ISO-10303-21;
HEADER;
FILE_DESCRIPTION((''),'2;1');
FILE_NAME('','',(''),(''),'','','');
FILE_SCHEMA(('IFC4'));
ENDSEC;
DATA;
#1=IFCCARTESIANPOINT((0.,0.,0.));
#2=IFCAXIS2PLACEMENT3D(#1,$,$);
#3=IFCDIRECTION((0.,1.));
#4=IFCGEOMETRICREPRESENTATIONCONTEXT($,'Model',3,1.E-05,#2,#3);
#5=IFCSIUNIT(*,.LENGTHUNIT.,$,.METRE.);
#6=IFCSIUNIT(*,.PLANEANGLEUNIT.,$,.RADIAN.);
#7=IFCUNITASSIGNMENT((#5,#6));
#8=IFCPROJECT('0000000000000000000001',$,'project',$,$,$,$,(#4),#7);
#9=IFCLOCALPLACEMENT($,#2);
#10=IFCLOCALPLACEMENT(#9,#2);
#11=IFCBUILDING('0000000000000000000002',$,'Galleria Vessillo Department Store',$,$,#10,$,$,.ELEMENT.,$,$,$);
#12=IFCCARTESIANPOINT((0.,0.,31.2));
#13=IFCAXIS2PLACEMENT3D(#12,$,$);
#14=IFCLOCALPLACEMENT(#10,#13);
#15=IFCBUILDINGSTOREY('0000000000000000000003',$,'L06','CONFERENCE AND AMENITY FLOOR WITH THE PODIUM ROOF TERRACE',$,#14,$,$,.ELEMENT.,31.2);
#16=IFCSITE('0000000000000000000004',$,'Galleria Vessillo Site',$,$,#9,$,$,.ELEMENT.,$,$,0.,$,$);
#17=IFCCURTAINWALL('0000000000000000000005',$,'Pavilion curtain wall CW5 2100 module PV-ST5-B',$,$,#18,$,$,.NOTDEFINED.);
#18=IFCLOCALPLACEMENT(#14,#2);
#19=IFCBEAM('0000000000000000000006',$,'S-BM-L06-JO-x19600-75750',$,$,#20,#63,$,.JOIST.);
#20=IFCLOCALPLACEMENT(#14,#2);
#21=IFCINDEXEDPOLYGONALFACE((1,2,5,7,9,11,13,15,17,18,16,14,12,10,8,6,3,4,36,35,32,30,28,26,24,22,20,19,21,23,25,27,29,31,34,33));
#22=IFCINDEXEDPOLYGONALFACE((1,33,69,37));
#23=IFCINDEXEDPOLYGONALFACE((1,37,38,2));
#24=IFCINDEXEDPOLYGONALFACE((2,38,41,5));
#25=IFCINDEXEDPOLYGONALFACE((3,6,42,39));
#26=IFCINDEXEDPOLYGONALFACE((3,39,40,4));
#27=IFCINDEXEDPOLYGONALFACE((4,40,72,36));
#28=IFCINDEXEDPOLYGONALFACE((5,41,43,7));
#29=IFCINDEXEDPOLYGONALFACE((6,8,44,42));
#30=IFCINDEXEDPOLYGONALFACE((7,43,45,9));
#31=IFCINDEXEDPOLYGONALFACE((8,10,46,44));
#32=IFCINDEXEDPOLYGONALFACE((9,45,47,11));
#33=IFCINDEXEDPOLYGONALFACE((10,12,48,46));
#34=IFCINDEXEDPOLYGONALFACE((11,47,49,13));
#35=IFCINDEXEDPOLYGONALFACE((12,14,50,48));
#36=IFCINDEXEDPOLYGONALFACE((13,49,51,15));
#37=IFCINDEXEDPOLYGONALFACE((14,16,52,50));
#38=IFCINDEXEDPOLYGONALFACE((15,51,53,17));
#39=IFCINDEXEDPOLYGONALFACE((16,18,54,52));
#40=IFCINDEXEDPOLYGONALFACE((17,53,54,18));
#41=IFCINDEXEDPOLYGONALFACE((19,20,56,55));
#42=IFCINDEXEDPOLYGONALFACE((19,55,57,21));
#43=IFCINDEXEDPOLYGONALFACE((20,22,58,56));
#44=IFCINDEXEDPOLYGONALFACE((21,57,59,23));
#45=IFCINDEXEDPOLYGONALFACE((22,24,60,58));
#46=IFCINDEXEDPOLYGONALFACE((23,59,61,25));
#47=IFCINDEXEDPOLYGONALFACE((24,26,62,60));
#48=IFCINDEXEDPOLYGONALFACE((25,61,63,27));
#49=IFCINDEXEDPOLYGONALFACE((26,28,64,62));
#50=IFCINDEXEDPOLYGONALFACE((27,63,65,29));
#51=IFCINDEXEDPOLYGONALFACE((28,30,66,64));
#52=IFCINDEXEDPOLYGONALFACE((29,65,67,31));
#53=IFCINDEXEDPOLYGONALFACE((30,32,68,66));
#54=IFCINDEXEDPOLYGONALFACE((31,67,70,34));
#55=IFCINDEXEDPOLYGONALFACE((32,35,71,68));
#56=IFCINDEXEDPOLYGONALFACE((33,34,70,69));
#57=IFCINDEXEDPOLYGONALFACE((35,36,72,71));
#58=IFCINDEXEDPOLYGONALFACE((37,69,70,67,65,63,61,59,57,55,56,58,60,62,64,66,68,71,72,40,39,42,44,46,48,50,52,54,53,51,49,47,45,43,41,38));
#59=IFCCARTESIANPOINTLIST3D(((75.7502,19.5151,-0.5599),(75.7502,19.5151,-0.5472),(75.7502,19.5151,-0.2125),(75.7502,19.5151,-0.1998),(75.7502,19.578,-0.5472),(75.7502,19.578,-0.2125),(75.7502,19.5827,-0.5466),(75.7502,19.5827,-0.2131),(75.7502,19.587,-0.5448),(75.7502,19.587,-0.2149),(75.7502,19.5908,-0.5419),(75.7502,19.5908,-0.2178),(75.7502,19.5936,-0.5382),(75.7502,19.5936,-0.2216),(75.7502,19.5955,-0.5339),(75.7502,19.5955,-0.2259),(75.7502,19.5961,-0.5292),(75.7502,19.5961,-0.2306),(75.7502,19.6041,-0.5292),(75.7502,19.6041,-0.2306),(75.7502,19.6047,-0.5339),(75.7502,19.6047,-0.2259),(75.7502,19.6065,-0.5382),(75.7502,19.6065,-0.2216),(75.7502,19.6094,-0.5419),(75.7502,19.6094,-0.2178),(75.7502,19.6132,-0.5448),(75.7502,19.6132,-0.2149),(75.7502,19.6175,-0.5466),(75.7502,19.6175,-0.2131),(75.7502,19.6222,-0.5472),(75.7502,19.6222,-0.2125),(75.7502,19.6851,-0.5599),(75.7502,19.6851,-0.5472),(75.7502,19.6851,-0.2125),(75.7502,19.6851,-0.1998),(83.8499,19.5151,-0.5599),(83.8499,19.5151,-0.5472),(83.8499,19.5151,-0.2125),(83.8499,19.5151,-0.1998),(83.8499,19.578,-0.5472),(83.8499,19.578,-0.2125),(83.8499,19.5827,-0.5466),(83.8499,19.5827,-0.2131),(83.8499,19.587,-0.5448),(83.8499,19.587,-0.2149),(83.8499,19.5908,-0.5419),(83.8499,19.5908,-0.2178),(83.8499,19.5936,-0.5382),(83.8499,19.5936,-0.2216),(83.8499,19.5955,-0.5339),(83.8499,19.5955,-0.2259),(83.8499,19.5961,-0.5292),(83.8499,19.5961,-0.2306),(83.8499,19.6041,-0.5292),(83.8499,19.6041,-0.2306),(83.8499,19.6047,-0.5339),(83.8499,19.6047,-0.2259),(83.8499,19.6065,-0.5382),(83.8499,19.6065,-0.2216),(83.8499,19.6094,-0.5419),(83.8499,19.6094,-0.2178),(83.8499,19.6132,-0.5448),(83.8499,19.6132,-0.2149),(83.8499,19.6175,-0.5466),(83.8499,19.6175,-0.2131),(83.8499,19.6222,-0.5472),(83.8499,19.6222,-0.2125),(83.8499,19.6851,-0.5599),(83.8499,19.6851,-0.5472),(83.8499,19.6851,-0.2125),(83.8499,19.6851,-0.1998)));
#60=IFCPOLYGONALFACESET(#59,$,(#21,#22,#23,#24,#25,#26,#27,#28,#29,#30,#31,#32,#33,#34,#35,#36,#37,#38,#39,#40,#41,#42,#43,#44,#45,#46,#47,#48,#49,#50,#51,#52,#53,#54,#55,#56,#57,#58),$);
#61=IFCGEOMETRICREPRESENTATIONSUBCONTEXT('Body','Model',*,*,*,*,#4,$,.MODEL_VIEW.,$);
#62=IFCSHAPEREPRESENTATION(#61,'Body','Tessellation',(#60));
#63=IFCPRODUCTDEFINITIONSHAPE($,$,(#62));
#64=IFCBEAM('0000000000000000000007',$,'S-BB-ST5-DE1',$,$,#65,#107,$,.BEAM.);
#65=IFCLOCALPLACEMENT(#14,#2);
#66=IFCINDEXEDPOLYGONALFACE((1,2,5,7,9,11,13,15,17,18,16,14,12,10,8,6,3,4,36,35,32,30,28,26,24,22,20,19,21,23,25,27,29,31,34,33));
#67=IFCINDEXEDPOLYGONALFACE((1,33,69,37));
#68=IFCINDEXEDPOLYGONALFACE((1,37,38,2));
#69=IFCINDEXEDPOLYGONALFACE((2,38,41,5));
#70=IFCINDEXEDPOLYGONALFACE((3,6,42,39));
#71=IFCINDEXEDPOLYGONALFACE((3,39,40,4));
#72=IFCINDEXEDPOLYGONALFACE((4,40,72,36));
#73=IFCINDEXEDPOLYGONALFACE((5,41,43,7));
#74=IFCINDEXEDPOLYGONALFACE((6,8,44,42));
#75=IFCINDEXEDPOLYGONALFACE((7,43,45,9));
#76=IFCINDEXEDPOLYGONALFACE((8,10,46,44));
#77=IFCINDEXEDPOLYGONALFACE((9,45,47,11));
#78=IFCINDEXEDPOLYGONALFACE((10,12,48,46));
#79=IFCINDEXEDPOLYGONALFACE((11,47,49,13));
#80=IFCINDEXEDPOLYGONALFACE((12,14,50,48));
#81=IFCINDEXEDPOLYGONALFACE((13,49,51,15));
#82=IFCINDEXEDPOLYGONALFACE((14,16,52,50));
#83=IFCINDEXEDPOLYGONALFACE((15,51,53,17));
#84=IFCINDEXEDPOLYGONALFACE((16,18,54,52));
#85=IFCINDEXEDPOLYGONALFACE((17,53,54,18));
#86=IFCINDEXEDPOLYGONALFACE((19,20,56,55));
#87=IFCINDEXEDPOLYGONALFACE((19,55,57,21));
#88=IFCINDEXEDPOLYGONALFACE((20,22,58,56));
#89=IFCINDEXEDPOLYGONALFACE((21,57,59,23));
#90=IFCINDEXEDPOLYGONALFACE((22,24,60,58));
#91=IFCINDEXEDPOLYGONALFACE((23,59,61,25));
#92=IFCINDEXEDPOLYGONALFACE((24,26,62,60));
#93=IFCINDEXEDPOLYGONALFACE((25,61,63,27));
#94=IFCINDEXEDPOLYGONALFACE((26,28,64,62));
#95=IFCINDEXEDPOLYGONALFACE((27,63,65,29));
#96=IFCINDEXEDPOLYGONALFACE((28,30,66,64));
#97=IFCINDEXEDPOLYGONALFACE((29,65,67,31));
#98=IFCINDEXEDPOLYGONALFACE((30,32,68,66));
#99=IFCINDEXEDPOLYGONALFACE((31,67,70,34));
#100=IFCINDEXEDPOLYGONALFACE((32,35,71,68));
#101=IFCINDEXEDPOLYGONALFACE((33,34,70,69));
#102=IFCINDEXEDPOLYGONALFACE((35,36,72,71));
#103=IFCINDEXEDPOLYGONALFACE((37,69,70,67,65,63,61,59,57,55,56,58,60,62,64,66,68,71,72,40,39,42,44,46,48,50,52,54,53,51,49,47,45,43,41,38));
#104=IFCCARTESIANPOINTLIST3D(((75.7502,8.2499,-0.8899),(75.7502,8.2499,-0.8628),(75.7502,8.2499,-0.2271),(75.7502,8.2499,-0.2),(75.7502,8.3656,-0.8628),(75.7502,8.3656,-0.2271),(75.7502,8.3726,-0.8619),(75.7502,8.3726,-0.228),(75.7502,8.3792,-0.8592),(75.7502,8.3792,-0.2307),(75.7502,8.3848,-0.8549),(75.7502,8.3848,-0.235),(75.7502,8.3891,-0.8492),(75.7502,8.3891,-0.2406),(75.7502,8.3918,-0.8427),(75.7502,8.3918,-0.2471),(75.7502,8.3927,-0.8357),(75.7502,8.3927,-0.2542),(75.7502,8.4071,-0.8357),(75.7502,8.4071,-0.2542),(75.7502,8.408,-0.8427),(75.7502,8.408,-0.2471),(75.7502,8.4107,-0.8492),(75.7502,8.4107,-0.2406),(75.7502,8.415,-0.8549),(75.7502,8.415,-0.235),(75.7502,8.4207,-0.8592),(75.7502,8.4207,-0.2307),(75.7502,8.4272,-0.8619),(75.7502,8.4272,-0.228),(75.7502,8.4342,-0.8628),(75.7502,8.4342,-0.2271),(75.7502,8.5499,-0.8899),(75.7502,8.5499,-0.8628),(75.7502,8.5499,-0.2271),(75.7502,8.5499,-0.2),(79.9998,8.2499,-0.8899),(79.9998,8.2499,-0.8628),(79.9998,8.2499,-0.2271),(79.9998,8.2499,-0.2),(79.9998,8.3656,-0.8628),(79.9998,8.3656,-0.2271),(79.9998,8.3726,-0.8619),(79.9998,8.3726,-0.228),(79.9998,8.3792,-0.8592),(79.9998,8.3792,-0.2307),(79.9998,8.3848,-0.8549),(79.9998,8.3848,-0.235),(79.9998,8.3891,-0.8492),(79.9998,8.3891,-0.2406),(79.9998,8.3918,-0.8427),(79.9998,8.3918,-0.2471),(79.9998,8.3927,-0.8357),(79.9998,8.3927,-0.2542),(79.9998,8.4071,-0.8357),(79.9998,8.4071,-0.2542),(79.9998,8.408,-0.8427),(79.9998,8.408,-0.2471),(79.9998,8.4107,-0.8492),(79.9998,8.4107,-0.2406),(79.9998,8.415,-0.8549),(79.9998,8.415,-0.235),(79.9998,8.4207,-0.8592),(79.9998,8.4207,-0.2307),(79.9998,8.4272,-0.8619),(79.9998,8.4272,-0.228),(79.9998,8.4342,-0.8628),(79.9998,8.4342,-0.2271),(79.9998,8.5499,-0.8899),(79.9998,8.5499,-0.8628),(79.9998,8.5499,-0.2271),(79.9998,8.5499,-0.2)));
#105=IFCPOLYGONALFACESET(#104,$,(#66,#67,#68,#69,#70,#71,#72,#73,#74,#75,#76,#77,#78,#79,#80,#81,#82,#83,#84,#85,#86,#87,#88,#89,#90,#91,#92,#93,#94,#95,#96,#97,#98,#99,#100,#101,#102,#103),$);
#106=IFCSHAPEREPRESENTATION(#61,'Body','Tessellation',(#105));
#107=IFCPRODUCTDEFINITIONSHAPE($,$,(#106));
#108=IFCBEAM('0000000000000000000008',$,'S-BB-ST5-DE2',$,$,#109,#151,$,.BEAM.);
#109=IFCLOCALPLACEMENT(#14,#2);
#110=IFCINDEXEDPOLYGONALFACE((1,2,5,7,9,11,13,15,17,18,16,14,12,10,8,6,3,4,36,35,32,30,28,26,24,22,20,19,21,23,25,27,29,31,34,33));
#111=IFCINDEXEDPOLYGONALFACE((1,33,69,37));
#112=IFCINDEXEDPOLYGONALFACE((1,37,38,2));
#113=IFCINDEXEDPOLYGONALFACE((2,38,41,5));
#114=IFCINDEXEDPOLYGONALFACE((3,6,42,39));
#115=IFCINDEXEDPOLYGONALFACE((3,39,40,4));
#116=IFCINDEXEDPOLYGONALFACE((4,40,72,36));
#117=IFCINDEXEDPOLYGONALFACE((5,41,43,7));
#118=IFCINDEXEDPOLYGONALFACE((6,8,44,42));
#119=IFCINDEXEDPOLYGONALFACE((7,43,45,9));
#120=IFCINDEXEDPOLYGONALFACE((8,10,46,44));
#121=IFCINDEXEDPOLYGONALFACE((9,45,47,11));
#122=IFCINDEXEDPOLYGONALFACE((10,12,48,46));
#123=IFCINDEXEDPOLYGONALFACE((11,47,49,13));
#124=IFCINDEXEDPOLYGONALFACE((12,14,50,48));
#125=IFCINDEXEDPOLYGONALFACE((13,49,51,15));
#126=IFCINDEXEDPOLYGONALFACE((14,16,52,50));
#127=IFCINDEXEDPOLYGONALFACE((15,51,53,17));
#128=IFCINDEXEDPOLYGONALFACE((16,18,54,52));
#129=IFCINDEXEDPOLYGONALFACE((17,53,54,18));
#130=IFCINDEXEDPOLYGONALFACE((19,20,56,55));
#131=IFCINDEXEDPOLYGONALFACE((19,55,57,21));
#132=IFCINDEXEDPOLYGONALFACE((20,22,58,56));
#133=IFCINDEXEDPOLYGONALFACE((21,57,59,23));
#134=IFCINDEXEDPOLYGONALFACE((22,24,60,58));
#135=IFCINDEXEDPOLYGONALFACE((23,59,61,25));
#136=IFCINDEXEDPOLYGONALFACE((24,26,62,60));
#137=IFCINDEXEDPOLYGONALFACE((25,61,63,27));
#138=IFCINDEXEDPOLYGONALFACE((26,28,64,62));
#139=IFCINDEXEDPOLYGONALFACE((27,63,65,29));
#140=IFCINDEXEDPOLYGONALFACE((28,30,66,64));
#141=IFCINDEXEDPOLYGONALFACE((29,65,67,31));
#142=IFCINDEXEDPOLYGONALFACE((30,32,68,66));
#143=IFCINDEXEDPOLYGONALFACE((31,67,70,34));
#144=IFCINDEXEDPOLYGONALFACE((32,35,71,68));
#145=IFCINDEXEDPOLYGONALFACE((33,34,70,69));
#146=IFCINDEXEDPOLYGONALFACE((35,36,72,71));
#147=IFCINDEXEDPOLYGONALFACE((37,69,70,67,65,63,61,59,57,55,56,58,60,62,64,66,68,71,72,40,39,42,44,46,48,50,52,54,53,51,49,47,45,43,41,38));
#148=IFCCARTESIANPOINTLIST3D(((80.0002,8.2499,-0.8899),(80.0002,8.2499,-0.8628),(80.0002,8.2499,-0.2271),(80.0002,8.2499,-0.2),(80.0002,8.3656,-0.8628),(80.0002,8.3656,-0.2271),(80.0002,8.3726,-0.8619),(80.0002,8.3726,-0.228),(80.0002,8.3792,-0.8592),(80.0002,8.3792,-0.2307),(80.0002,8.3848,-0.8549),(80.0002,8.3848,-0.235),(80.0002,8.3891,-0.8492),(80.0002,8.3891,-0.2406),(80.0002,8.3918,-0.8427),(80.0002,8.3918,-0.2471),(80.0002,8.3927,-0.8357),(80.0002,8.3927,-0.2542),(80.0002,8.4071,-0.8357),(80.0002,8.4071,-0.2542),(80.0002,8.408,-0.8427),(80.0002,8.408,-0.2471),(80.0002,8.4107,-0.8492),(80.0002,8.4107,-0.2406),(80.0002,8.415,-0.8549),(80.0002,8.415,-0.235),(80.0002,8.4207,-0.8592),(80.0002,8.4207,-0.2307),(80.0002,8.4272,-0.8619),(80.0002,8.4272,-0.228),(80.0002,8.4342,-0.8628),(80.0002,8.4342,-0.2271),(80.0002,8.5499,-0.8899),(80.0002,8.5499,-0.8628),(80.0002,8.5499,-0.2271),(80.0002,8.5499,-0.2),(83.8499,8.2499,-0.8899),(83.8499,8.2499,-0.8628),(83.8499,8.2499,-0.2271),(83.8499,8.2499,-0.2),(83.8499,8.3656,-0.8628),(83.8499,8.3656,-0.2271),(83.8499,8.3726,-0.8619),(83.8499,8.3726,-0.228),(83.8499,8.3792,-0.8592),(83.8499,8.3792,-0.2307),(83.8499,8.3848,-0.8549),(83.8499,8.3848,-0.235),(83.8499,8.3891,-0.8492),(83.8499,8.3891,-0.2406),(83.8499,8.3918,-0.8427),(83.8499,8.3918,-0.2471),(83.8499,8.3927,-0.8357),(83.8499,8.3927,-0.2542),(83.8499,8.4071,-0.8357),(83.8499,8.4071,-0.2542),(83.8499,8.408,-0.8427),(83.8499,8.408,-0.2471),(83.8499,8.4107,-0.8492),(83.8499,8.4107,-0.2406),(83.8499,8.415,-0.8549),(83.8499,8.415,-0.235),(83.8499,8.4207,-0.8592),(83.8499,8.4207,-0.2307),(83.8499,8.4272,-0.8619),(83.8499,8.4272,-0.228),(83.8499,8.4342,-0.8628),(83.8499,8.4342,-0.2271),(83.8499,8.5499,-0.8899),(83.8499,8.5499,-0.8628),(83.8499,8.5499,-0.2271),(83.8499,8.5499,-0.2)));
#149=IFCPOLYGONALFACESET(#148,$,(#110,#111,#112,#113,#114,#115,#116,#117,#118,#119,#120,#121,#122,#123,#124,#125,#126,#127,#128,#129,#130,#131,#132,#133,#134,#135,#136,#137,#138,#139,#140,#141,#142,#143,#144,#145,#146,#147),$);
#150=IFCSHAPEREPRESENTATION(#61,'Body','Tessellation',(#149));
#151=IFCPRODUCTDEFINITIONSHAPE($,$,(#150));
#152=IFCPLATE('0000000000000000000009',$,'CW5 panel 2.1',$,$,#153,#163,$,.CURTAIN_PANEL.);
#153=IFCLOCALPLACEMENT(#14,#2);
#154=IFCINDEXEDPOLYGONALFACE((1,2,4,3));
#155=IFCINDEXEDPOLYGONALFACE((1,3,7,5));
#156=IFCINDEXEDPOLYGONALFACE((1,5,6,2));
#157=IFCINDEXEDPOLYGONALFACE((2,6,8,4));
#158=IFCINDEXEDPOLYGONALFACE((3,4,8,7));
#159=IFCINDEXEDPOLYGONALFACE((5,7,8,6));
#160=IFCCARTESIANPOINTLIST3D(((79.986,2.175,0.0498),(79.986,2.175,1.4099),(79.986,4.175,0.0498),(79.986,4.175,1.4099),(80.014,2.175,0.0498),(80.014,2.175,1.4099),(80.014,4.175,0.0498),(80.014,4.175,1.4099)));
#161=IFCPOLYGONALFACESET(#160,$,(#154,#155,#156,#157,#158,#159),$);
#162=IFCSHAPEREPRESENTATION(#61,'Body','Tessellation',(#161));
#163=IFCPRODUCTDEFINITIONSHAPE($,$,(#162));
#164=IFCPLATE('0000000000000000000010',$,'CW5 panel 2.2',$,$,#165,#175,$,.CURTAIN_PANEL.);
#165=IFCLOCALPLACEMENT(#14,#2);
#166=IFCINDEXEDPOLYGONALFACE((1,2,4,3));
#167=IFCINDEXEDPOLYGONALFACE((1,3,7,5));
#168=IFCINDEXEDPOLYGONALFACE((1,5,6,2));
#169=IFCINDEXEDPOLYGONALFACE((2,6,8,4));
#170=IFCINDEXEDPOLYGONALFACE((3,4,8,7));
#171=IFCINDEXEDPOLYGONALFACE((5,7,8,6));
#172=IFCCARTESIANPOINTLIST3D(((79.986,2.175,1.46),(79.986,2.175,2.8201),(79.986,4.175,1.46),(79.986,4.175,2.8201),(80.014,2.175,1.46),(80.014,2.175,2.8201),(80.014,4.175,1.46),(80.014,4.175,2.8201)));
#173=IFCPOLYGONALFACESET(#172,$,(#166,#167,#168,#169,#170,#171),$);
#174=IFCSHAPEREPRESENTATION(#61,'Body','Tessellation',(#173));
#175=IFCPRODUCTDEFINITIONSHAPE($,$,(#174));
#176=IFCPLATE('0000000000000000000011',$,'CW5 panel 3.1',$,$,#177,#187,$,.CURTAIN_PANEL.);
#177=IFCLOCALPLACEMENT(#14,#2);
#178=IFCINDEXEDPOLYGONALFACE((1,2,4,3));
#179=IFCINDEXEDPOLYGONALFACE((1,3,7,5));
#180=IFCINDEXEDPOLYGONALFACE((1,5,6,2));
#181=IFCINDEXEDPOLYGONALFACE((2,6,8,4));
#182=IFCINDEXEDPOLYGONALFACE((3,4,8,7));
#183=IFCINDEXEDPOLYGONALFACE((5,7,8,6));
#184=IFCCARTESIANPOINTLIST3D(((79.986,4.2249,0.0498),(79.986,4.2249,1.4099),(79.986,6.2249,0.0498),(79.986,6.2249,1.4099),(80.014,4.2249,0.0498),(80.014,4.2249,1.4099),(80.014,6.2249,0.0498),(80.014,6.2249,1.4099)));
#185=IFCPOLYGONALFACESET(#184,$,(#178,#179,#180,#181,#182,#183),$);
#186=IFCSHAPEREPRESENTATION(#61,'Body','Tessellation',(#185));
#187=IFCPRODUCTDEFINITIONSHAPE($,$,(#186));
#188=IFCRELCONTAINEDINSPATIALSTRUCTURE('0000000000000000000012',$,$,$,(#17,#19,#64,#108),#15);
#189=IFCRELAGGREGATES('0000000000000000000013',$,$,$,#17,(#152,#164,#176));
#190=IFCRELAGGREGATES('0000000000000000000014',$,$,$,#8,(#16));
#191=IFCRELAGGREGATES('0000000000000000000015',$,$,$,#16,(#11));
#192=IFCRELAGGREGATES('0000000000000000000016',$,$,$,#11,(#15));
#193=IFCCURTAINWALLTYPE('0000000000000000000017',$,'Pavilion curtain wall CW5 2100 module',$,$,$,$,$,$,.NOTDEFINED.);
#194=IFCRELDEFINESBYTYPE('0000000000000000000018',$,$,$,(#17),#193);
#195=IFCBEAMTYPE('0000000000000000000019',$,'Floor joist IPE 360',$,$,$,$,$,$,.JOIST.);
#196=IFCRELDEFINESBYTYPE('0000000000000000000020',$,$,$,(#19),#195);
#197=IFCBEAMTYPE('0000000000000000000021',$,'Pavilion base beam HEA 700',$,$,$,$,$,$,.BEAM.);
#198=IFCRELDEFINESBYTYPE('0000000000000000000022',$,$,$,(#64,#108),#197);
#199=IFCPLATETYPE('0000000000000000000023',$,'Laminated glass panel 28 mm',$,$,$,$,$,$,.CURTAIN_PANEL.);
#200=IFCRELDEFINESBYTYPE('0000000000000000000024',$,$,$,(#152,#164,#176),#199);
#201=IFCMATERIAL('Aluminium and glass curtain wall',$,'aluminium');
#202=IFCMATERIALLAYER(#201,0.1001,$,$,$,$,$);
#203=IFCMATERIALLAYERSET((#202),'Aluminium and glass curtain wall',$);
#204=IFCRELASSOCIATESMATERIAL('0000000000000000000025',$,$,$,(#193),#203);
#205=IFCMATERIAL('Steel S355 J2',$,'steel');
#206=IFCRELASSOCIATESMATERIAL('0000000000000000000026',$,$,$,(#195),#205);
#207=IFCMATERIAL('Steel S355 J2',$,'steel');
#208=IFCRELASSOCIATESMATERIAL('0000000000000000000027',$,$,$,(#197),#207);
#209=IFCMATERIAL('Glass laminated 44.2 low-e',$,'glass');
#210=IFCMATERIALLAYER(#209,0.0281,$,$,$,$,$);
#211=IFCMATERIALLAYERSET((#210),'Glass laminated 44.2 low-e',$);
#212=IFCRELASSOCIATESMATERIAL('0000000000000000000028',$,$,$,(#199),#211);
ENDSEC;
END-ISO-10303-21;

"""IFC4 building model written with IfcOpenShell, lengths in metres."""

from ifc_helpers import new_model, si_unit, direction, frame, origin, origin_2d, place, context, subcontext, project, spatial, rectangle, i_section, extrude, material, layer, layer_set, material_profile, profile_set, type_object, element, aggregate, save


model = new_model("IFC4")

# Units and contexts
model_context = context("Model", 3, precision=1e-05, world=origin(), true_north=direction((0.0, 1.0)))
body_context = subcontext(model_context, "Body", "Model", "MODEL_VIEW")
ifc_project = project(units=[si_unit("LENGTHUNIT", "METRE"), si_unit("PLANEANGLEUNIT", "RADIAN")], contexts=[model_context])

# Site, building, storey
site_placement = place(None, origin())
site = spatial("IfcSite", under=ifc_project, at=site_placement, Name="Galleria Vessillo Site", CompositionType="ELEMENT", RefElevation=0.0)
building_placement = place(site_placement, origin())
building = spatial("IfcBuilding", under=site, at=building_placement, Name="Galleria Vessillo Department Store", CompositionType="ELEMENT")
storey_placement = place(building_placement, frame((0.0, 0.0, 31.2)))
storey = spatial("IfcBuildingStorey", under=building, at=storey_placement, Name="L06", Description="CONFERENCE AND AMENITY FLOOR WITH THE PODIUM ROOF TERRACE", CompositionType="ELEMENT", Elevation=31.2)

# Curtain wall
ifc_material_1 = material(Name="Aluminium and glass curtain wall", Category="aluminium")
ifc_layer_1 = layer(ifc_material_1, 0.1001)
ifc_layer_set_1 = layer_set([ifc_layer_1], Name="Aluminium and glass curtain wall")
curtain_wall_type = type_object("IfcCurtainWallType", Name="Pavilion curtain wall CW5 2100 module", PredefinedType="NOTDEFINED", material=ifc_layer_set_1)
curtain_wall_placement = place(storey_placement, origin())
curtain_wall = element("IfcCurtainWall", 1, at=curtain_wall_placement, inside=storey, type_object=curtain_wall_type, Name="Pavilion curtain wall CW5 2100 module PV-ST5-B", PredefinedType="NOTDEFINED")

# Beams
ifc_material_2 = material(Name="Steel S355 J2", Category="steel")
ifc_material_profile_1 = material_profile(ifc_material_2, i_section(OverallWidth=0.1699, OverallDepth=0.3601, WebThickness=0.0081, FlangeThickness=0.0127, FilletRadius=0.0181, at=origin_2d()), Name="IPE 360")
ifc_profile_set_1 = profile_set([ifc_material_profile_1], Name="Steel S355 J2")
beam_type_1 = type_object("IfcBeamType", Name="Floor joist IPE 360", PredefinedType="JOIST", material=ifc_profile_set_1)
for number, where, z_axis, x_axis, name in (
    (2, (75.7502, 19.6001, -0.3799), (1.0, 0.0, 0.0), (0.0, 1.0, 0.0), "S-BM-L06-JO-x19600-75750"),
):
    element("IfcBeam", number, at=place(storey_placement, frame(where, z_axis=z_axis, x_axis=x_axis)), inside=storey, type_object=beam_type_1, Name=name, PredefinedType="JOIST", context=body_context, shape_type="SweptSolid", body=[
        extrude(i_section(OverallWidth=0.1699, OverallDepth=0.3601, WebThickness=0.0081, FlangeThickness=0.0127, FilletRadius=0.0181, at=origin_2d()), origin(), (0.0, 0.0, 1.0), 8.0996),
    ])
ifc_material_3 = material(Name="Steel S355 J2", Category="steel")
ifc_material_profile_2 = material_profile(ifc_material_3, i_section(OverallWidth=0.3, OverallDepth=0.6899, WebThickness=0.0144, FlangeThickness=0.0271, FilletRadius=0.0271, at=origin_2d()), Name="HEA 700")
ifc_profile_set_2 = profile_set([ifc_material_profile_2], Name="Steel S355 J2")
beam_type_2 = type_object("IfcBeamType", Name="Pavilion base beam HEA 700", PredefinedType="BEAM", material=ifc_profile_set_2)
beam_1_placement = place(storey_placement, frame((75.7502, 8.3999, -0.5449), z_axis=(1.0, 0.0, 0.0), x_axis=(0.0, 1.0, 0.0)))
element("IfcBeam", 3, at=beam_1_placement, inside=storey, type_object=beam_type_2, Name="S-BB-ST5-DE1", PredefinedType="BEAM", context=body_context, shape_type="SweptSolid", body=[
    extrude(i_section(OverallWidth=0.3, OverallDepth=0.6899, WebThickness=0.0144, FlangeThickness=0.0271, FilletRadius=0.0271, at=origin_2d()), origin(), (0.0, 0.0, 1.0), 4.2495),
])
beam_2_placement = place(storey_placement, frame((80.0002, 8.3999, -0.5449), z_axis=(1.0, 0.0, 0.0), x_axis=(0.0, 1.0, 0.0)))
element("IfcBeam", 4, at=beam_2_placement, inside=storey, type_object=beam_type_2, Name="S-BB-ST5-DE2", PredefinedType="BEAM", context=body_context, shape_type="SweptSolid", body=[
    extrude(i_section(OverallWidth=0.3, OverallDepth=0.6899, WebThickness=0.0144, FlangeThickness=0.0271, FilletRadius=0.0271, at=origin_2d()), origin(), (0.0, 0.0, 1.0), 3.8496),
])

# Plates
ifc_material_4 = material(Name="Glass laminated 44.2 low-e", Category="glass")
ifc_layer_2 = layer(ifc_material_4, 0.0281)
ifc_layer_set_2 = layer_set([ifc_layer_2], Name="Glass laminated 44.2 low-e")
plate_type = type_object("IfcPlateType", Name="Laminated glass panel 28 mm", PredefinedType="CURTAIN_PANEL", material=ifc_layer_set_2)
plate_1_placement = place(storey_placement, frame((80.0, 3.175, 0.0498), z_axis=(0.0, 0.0, 1.0), x_axis=(0.0, 1.0, 0.0)))
plate_1 = element("IfcPlate", 5, at=plate_1_placement, type_object=plate_type, Name="CW5 panel 2.1", PredefinedType="CURTAIN_PANEL", context=body_context, shape_type="SweptSolid", body=[
    extrude(rectangle(XDim=2.0, YDim=0.0281, at=origin_2d()), origin(), (0.0, 0.0, 1.0), 1.3601),
])
plate_2_placement = place(storey_placement, frame((80.0, 3.175, 1.46), z_axis=(0.0, 0.0, 1.0), x_axis=(0.0, 1.0, 0.0)))
plate_2 = element("IfcPlate", 6, at=plate_2_placement, type_object=plate_type, Name="CW5 panel 2.2", PredefinedType="CURTAIN_PANEL", context=body_context, shape_type="SweptSolid", body=[
    extrude(rectangle(XDim=2.0, YDim=0.0281, at=origin_2d()), origin(), (0.0, 0.0, 1.0), 1.3601),
])
plate_3_placement = place(storey_placement, frame((80.0, 5.2249, 0.0498), z_axis=(0.0, 0.0, 1.0), x_axis=(0.0, 1.0, 0.0)))
plate_3 = element("IfcPlate", 7, at=plate_3_placement, type_object=plate_type, Name="CW5 panel 3.1", PredefinedType="CURTAIN_PANEL", context=body_context, shape_type="SweptSolid", body=[
    extrude(rectangle(XDim=2.0, YDim=0.0281, at=origin_2d()), origin(), (0.0, 0.0, 1.0), 1.3601),
])
aggregate(curtain_wall, [plate_1, plate_2, plate_3])

save(model, "model.ifc")
